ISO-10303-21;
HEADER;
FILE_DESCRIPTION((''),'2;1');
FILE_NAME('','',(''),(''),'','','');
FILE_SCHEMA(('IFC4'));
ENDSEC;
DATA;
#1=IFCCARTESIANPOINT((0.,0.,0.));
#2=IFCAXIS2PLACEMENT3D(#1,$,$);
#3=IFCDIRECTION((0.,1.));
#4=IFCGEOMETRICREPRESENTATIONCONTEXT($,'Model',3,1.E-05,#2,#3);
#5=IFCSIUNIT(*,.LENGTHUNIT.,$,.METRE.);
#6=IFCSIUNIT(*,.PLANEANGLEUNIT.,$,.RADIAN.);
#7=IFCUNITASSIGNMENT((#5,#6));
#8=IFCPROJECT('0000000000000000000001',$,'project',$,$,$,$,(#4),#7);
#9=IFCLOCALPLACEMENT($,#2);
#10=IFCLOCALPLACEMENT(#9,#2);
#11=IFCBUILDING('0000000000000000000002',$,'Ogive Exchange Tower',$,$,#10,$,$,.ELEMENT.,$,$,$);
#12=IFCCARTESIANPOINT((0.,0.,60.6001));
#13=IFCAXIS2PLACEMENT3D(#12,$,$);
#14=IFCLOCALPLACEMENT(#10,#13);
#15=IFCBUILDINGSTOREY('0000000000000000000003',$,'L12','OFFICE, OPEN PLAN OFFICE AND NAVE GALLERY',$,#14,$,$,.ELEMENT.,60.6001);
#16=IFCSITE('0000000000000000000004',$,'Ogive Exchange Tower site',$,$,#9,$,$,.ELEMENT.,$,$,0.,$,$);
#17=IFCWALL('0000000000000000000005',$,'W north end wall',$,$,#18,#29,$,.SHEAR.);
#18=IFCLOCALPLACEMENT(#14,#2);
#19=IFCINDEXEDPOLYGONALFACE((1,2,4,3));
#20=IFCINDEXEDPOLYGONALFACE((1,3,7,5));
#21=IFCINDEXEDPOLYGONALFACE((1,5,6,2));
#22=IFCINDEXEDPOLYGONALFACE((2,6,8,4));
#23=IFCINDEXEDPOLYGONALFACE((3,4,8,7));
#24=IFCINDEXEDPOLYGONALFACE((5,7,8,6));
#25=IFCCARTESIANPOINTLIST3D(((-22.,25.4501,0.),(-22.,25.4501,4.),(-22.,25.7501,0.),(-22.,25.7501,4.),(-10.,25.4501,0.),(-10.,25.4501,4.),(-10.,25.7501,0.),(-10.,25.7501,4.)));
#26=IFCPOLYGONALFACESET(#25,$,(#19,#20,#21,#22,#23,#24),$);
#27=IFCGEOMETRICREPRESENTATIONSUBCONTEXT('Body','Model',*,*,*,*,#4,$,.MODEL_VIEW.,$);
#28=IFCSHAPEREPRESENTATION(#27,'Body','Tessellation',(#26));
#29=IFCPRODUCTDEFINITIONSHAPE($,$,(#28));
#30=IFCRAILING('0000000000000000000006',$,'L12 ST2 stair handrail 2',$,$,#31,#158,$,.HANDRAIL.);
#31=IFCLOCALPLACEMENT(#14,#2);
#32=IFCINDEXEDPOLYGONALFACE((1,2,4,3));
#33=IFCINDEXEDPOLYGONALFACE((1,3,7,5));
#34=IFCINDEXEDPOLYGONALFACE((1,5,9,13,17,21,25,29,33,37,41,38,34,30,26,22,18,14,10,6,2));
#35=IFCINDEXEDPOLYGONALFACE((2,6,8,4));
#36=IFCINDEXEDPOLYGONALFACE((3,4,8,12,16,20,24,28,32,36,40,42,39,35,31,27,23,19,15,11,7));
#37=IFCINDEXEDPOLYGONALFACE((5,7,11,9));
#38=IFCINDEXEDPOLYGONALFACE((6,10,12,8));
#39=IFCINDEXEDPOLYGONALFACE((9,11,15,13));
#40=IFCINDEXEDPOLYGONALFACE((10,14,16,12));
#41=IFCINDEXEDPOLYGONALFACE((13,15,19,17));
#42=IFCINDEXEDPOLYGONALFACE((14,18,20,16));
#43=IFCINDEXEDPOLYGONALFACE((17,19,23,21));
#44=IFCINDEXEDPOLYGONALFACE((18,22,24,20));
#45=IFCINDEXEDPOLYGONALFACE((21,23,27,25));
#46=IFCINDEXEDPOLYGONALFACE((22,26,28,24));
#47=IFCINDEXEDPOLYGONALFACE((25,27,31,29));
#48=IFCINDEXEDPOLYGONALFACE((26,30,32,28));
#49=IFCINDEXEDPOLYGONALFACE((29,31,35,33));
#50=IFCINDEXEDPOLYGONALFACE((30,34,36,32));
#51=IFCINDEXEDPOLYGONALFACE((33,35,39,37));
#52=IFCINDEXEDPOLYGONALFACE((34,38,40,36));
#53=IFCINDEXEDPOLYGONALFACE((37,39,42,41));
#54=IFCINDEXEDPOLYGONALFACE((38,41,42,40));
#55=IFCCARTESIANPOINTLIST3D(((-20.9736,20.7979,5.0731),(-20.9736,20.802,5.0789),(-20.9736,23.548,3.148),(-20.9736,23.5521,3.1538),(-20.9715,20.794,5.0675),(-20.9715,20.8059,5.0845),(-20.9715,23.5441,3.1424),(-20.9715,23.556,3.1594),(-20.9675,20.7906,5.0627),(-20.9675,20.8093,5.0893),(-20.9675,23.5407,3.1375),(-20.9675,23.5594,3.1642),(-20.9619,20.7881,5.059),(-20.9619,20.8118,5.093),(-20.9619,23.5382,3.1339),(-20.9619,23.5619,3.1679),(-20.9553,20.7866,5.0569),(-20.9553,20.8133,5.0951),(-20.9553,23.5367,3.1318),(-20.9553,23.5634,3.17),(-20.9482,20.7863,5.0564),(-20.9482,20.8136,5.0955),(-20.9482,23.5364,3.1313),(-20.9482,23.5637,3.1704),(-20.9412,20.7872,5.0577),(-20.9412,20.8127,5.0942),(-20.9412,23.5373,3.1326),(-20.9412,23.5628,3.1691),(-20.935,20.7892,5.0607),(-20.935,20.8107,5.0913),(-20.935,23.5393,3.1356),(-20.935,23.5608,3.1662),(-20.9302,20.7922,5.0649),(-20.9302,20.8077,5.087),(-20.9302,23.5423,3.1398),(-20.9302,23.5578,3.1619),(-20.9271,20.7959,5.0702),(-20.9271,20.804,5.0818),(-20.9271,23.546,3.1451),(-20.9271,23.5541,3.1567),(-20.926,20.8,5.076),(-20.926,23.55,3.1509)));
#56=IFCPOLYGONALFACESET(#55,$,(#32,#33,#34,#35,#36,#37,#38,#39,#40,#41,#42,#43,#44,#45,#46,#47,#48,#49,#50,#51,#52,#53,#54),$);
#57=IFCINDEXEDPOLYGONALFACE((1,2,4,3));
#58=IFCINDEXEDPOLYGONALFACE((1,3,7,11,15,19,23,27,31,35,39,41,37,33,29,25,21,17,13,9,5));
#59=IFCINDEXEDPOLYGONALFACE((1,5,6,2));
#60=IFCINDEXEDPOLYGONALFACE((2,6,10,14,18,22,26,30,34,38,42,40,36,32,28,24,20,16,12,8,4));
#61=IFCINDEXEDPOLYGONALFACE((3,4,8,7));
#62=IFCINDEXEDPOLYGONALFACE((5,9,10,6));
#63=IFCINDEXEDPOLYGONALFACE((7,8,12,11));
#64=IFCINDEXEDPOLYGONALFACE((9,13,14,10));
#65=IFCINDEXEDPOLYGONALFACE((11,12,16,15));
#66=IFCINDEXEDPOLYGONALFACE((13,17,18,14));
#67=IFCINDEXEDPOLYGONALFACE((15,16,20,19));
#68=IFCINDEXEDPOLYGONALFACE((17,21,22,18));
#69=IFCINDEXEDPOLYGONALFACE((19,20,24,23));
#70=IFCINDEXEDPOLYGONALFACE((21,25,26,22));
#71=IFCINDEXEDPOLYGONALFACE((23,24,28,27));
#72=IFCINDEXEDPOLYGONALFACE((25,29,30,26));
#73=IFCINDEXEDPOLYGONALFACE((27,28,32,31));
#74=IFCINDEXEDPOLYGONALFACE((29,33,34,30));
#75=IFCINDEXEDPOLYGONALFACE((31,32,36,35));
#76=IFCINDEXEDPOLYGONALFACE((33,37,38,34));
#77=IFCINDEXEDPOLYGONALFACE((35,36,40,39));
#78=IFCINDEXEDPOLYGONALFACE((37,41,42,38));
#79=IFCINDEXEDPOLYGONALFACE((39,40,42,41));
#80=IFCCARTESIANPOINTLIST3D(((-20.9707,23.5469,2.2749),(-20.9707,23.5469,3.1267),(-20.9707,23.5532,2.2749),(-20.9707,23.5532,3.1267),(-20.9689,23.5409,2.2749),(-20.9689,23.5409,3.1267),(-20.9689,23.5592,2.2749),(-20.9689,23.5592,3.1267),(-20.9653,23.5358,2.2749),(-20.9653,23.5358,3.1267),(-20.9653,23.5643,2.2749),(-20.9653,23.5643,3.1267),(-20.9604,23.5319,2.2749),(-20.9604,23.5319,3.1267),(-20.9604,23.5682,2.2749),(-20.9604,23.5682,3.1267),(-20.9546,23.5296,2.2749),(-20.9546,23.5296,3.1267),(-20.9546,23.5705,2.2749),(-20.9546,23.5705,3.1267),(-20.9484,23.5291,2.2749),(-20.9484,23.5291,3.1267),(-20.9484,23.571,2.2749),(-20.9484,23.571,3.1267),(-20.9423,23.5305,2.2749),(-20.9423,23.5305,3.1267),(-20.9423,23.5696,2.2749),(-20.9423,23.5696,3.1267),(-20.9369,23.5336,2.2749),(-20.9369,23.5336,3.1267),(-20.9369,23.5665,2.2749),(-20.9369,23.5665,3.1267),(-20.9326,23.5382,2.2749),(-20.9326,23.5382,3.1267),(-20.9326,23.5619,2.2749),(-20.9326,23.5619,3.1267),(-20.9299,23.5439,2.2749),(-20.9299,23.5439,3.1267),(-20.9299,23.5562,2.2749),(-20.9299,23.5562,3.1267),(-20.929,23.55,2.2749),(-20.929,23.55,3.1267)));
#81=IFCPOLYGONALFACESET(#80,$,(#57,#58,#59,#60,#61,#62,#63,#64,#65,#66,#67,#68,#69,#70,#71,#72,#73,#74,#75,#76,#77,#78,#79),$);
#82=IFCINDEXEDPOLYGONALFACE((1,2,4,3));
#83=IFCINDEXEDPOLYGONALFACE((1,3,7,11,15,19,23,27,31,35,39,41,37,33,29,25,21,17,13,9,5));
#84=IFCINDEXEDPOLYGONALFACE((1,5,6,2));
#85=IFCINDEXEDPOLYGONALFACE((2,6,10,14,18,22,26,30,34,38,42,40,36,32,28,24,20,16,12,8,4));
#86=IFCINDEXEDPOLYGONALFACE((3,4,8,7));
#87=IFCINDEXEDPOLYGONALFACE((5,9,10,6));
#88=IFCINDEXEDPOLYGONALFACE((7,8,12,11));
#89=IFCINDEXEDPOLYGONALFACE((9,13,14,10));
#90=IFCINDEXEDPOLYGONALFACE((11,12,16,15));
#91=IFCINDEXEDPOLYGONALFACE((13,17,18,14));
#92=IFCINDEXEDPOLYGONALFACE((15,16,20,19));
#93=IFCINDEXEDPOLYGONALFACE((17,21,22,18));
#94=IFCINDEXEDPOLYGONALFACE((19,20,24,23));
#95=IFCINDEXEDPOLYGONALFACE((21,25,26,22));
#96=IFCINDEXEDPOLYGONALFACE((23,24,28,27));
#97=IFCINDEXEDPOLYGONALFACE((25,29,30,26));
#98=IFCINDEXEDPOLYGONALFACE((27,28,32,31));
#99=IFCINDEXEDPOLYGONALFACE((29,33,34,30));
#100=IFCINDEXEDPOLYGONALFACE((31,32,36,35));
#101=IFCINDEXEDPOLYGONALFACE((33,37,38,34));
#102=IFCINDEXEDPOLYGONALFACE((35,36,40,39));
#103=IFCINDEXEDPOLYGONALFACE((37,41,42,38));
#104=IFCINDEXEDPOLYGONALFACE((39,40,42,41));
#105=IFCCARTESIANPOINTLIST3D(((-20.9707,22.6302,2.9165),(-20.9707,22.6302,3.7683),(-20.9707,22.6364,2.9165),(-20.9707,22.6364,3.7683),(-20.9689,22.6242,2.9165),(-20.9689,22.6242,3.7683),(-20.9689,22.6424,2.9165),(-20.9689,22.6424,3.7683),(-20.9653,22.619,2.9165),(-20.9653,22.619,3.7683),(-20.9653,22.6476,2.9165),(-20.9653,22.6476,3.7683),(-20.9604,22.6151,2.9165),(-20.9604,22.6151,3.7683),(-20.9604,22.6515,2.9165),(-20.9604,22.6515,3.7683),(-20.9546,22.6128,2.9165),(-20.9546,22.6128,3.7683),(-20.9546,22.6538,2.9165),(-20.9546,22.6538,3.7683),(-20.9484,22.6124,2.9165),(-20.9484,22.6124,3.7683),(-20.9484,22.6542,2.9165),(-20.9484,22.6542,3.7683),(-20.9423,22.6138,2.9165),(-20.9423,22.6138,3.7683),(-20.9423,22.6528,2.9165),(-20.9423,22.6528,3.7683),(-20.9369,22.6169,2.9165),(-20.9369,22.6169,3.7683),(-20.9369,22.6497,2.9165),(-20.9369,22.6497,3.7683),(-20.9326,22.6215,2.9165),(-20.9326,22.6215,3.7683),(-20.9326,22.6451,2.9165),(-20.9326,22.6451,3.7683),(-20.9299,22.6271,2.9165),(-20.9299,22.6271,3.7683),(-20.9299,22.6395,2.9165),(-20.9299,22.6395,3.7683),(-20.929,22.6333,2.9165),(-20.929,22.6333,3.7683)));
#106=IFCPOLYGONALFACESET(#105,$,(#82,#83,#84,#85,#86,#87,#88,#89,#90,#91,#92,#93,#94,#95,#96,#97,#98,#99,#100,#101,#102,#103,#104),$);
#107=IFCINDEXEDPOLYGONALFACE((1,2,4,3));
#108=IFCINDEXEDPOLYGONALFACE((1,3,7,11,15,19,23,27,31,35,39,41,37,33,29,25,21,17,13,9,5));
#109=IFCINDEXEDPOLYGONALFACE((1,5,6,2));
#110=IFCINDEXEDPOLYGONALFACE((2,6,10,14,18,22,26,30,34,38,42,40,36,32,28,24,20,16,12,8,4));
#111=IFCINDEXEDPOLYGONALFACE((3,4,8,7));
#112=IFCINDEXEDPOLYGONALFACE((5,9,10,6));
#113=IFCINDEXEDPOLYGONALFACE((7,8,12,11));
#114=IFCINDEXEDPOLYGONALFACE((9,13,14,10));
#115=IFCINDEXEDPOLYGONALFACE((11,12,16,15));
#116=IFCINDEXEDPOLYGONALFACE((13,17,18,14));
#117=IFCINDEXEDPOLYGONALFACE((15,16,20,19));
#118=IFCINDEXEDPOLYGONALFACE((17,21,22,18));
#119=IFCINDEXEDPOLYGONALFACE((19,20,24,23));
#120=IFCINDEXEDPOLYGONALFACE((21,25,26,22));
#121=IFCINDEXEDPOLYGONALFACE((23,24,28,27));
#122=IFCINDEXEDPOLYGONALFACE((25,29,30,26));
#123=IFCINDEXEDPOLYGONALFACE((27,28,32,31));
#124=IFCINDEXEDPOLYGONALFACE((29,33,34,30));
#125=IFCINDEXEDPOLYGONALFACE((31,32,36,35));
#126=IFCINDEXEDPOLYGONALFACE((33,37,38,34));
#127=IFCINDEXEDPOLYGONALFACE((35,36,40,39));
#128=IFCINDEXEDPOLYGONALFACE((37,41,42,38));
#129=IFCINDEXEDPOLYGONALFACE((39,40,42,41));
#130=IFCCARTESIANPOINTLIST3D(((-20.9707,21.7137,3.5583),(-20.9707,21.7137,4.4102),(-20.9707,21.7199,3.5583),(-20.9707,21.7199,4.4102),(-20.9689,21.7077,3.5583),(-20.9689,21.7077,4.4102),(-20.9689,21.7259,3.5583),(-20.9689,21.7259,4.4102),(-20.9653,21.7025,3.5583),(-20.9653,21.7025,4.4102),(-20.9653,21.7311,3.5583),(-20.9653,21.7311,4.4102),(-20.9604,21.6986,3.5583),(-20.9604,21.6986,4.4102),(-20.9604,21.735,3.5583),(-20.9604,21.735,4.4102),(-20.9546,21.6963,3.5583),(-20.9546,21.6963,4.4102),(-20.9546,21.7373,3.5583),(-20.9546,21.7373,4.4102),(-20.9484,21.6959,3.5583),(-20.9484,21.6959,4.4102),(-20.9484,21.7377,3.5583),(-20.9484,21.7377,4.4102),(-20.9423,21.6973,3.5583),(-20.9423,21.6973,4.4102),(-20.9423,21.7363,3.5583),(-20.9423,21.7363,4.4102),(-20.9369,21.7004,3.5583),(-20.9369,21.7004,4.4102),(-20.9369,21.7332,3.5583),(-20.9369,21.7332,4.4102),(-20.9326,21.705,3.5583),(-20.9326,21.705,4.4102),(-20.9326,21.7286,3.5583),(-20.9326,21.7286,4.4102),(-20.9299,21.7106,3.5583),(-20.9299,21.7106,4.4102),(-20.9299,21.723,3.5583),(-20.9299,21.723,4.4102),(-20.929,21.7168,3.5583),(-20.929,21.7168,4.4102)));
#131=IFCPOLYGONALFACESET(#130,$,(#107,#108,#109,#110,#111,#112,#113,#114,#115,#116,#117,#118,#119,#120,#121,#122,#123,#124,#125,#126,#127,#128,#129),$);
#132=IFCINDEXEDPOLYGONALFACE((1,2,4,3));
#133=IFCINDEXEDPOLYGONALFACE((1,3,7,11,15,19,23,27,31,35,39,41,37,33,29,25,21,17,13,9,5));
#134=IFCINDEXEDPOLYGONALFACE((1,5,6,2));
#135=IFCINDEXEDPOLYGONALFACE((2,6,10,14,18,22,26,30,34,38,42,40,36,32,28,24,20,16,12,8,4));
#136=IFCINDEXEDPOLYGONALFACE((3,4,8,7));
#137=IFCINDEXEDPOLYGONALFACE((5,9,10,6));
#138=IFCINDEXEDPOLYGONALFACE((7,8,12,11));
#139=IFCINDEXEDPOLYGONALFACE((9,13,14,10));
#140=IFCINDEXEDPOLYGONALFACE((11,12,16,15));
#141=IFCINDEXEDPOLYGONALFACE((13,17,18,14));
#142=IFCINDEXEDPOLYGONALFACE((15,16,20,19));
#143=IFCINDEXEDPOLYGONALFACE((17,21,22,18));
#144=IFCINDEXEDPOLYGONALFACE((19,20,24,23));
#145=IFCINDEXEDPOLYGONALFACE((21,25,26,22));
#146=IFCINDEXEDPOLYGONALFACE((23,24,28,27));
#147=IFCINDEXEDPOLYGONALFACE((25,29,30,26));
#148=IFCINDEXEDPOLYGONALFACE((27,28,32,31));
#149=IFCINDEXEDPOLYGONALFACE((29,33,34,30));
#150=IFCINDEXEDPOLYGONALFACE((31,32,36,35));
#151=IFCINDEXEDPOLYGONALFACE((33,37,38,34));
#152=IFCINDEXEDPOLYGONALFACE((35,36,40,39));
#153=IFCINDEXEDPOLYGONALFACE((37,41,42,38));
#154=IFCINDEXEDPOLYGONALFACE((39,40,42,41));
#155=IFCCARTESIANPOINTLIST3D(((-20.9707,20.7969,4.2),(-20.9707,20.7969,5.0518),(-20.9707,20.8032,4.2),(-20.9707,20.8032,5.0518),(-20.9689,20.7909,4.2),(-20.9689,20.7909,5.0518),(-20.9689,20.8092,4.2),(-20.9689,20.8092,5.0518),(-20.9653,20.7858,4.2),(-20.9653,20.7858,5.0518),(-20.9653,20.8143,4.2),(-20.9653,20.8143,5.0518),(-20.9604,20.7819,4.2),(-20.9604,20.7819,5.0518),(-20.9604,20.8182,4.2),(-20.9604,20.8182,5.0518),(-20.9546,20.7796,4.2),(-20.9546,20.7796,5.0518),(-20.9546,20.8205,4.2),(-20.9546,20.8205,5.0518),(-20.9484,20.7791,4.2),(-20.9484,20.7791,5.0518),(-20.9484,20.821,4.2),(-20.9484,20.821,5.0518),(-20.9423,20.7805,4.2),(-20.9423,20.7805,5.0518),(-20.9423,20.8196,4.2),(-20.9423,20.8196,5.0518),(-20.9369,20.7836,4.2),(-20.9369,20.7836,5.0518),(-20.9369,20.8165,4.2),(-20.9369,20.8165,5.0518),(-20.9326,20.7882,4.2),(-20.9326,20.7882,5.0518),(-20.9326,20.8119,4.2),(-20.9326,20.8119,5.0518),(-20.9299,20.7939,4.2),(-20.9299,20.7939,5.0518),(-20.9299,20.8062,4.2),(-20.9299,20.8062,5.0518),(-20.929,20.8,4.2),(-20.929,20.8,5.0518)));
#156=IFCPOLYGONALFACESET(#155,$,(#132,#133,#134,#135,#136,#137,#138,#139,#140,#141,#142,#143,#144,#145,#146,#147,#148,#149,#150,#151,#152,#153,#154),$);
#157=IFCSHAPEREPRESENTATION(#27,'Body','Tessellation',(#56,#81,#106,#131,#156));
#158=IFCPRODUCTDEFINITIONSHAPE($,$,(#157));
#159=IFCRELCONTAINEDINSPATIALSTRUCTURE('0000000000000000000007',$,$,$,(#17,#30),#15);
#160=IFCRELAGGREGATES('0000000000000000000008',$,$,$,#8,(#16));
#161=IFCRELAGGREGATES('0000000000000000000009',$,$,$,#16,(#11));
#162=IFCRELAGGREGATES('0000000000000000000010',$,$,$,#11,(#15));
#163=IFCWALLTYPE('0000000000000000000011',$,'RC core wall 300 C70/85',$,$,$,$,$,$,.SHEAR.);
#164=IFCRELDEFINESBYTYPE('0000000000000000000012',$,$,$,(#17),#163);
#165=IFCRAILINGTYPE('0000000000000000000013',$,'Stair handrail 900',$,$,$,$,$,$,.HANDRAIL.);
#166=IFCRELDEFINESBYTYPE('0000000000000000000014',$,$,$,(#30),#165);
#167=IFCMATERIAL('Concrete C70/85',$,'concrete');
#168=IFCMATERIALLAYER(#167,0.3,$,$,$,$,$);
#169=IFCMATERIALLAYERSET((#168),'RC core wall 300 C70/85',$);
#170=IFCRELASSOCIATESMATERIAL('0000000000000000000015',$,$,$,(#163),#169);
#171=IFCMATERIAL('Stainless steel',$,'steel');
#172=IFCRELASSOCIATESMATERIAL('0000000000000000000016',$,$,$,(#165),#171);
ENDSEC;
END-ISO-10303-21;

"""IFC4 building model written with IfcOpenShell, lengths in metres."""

from ifc_helpers import new_model, si_unit, direction, frame, frame_2d, origin, origin_2d, place, context, subcontext, project, spatial, rectangle, circle, extrude, material, layer, layer_set, type_object, element, save


model = new_model("IFC4")

# Units and contexts
model_context = context("Model", 3, precision=1e-05, world=origin(), true_north=direction((0.0, 1.0)))
body_context = subcontext(model_context, "Body", "Model", "MODEL_VIEW")
ifc_project = project(units=[si_unit("LENGTHUNIT", "METRE"), si_unit("PLANEANGLEUNIT", "RADIAN")], contexts=[model_context])

# Site, building, storey
site_placement = place(None, origin())
site = spatial("IfcSite", under=ifc_project, at=site_placement, Name="Ogive Exchange Tower site", CompositionType="ELEMENT", RefElevation=0.0)
building_placement = place(site_placement, origin())
building = spatial("IfcBuilding", under=site, at=building_placement, Name="Ogive Exchange Tower", CompositionType="ELEMENT")
storey_placement = place(building_placement, frame((0.0, 0.0, 60.6001)))
storey = spatial("IfcBuildingStorey", under=building, at=storey_placement, Name="L12", Description="OFFICE, OPEN PLAN OFFICE AND NAVE GALLERY", CompositionType="ELEMENT", Elevation=60.6001)

# Wall
ifc_material_1 = material(Name="Concrete C70/85", Category="concrete")
ifc_layer_1 = layer(ifc_material_1, 0.3)
ifc_layer_set_1 = layer_set([ifc_layer_1], Name="RC core wall 300 C70/85")
wall_type_1 = type_object("IfcWallType", Name="RC core wall 300 C70/85", PredefinedType="SHEAR", material=ifc_layer_set_1)
wall_1_placement = place(storey_placement, frame((-22.0, 25.6001, 0.0), z_axis=(0.0, 0.0, 1.0), x_axis=(1.0, 0.0, 0.0)))
element("IfcWall", 1, at=wall_1_placement, inside=storey, type_object=wall_type_1, Name="W north end wall", PredefinedType="SHEAR", context=body_context, shape_type="SweptSolid", body=[
    extrude(rectangle(XDim=12.0, YDim=0.3, at=frame_2d((6.0, 0.0))), origin(), (0.0, 0.0, 1.0), 4.0),
])

# Railing
ifc_material_2 = material(Name="Stainless steel", Category="steel")
railing_type_1 = type_object("IfcRailingType", Name="Stair handrail 900", PredefinedType="HANDRAIL", material=ifc_material_2)
railing_1_placement = place(storey_placement, frame((-20.95, 23.55, 2.2749)))
element("IfcRailing", 2, at=railing_1_placement, inside=storey, type_object=railing_type_1, Name="L12 ST2 stair handrail 2", PredefinedType="HANDRAIL", context=body_context, shape_type="SweptSolid", body=[
    extrude(circle(Radius=0.0239, at=origin_2d()), frame((0.0, 0.0, 0.876), z_axis=(0.0, -0.819225, 0.573472), x_axis=(1.0, 0.0, 0.0)), (0.0, 0.0, 1.0), 3.3569),
    extrude(circle(Radius=0.021, at=origin_2d()), origin(), (0.0, 0.0, 1.0), 0.8518),
    extrude(circle(Radius=0.021, at=origin_2d()), frame((0.0, -0.9167, 0.6416)), (0.0, 0.0, 1.0), 0.8518),
    extrude(circle(Radius=0.021, at=origin_2d()), frame((0.0, -1.8333, 1.2834)), (0.0, 0.0, 1.0), 0.8518),
    extrude(circle(Radius=0.021, at=origin_2d()), frame((0.0, -2.75, 1.925)), (0.0, 0.0, 1.0), 0.8518),
])

save(model, "model.ifc")
